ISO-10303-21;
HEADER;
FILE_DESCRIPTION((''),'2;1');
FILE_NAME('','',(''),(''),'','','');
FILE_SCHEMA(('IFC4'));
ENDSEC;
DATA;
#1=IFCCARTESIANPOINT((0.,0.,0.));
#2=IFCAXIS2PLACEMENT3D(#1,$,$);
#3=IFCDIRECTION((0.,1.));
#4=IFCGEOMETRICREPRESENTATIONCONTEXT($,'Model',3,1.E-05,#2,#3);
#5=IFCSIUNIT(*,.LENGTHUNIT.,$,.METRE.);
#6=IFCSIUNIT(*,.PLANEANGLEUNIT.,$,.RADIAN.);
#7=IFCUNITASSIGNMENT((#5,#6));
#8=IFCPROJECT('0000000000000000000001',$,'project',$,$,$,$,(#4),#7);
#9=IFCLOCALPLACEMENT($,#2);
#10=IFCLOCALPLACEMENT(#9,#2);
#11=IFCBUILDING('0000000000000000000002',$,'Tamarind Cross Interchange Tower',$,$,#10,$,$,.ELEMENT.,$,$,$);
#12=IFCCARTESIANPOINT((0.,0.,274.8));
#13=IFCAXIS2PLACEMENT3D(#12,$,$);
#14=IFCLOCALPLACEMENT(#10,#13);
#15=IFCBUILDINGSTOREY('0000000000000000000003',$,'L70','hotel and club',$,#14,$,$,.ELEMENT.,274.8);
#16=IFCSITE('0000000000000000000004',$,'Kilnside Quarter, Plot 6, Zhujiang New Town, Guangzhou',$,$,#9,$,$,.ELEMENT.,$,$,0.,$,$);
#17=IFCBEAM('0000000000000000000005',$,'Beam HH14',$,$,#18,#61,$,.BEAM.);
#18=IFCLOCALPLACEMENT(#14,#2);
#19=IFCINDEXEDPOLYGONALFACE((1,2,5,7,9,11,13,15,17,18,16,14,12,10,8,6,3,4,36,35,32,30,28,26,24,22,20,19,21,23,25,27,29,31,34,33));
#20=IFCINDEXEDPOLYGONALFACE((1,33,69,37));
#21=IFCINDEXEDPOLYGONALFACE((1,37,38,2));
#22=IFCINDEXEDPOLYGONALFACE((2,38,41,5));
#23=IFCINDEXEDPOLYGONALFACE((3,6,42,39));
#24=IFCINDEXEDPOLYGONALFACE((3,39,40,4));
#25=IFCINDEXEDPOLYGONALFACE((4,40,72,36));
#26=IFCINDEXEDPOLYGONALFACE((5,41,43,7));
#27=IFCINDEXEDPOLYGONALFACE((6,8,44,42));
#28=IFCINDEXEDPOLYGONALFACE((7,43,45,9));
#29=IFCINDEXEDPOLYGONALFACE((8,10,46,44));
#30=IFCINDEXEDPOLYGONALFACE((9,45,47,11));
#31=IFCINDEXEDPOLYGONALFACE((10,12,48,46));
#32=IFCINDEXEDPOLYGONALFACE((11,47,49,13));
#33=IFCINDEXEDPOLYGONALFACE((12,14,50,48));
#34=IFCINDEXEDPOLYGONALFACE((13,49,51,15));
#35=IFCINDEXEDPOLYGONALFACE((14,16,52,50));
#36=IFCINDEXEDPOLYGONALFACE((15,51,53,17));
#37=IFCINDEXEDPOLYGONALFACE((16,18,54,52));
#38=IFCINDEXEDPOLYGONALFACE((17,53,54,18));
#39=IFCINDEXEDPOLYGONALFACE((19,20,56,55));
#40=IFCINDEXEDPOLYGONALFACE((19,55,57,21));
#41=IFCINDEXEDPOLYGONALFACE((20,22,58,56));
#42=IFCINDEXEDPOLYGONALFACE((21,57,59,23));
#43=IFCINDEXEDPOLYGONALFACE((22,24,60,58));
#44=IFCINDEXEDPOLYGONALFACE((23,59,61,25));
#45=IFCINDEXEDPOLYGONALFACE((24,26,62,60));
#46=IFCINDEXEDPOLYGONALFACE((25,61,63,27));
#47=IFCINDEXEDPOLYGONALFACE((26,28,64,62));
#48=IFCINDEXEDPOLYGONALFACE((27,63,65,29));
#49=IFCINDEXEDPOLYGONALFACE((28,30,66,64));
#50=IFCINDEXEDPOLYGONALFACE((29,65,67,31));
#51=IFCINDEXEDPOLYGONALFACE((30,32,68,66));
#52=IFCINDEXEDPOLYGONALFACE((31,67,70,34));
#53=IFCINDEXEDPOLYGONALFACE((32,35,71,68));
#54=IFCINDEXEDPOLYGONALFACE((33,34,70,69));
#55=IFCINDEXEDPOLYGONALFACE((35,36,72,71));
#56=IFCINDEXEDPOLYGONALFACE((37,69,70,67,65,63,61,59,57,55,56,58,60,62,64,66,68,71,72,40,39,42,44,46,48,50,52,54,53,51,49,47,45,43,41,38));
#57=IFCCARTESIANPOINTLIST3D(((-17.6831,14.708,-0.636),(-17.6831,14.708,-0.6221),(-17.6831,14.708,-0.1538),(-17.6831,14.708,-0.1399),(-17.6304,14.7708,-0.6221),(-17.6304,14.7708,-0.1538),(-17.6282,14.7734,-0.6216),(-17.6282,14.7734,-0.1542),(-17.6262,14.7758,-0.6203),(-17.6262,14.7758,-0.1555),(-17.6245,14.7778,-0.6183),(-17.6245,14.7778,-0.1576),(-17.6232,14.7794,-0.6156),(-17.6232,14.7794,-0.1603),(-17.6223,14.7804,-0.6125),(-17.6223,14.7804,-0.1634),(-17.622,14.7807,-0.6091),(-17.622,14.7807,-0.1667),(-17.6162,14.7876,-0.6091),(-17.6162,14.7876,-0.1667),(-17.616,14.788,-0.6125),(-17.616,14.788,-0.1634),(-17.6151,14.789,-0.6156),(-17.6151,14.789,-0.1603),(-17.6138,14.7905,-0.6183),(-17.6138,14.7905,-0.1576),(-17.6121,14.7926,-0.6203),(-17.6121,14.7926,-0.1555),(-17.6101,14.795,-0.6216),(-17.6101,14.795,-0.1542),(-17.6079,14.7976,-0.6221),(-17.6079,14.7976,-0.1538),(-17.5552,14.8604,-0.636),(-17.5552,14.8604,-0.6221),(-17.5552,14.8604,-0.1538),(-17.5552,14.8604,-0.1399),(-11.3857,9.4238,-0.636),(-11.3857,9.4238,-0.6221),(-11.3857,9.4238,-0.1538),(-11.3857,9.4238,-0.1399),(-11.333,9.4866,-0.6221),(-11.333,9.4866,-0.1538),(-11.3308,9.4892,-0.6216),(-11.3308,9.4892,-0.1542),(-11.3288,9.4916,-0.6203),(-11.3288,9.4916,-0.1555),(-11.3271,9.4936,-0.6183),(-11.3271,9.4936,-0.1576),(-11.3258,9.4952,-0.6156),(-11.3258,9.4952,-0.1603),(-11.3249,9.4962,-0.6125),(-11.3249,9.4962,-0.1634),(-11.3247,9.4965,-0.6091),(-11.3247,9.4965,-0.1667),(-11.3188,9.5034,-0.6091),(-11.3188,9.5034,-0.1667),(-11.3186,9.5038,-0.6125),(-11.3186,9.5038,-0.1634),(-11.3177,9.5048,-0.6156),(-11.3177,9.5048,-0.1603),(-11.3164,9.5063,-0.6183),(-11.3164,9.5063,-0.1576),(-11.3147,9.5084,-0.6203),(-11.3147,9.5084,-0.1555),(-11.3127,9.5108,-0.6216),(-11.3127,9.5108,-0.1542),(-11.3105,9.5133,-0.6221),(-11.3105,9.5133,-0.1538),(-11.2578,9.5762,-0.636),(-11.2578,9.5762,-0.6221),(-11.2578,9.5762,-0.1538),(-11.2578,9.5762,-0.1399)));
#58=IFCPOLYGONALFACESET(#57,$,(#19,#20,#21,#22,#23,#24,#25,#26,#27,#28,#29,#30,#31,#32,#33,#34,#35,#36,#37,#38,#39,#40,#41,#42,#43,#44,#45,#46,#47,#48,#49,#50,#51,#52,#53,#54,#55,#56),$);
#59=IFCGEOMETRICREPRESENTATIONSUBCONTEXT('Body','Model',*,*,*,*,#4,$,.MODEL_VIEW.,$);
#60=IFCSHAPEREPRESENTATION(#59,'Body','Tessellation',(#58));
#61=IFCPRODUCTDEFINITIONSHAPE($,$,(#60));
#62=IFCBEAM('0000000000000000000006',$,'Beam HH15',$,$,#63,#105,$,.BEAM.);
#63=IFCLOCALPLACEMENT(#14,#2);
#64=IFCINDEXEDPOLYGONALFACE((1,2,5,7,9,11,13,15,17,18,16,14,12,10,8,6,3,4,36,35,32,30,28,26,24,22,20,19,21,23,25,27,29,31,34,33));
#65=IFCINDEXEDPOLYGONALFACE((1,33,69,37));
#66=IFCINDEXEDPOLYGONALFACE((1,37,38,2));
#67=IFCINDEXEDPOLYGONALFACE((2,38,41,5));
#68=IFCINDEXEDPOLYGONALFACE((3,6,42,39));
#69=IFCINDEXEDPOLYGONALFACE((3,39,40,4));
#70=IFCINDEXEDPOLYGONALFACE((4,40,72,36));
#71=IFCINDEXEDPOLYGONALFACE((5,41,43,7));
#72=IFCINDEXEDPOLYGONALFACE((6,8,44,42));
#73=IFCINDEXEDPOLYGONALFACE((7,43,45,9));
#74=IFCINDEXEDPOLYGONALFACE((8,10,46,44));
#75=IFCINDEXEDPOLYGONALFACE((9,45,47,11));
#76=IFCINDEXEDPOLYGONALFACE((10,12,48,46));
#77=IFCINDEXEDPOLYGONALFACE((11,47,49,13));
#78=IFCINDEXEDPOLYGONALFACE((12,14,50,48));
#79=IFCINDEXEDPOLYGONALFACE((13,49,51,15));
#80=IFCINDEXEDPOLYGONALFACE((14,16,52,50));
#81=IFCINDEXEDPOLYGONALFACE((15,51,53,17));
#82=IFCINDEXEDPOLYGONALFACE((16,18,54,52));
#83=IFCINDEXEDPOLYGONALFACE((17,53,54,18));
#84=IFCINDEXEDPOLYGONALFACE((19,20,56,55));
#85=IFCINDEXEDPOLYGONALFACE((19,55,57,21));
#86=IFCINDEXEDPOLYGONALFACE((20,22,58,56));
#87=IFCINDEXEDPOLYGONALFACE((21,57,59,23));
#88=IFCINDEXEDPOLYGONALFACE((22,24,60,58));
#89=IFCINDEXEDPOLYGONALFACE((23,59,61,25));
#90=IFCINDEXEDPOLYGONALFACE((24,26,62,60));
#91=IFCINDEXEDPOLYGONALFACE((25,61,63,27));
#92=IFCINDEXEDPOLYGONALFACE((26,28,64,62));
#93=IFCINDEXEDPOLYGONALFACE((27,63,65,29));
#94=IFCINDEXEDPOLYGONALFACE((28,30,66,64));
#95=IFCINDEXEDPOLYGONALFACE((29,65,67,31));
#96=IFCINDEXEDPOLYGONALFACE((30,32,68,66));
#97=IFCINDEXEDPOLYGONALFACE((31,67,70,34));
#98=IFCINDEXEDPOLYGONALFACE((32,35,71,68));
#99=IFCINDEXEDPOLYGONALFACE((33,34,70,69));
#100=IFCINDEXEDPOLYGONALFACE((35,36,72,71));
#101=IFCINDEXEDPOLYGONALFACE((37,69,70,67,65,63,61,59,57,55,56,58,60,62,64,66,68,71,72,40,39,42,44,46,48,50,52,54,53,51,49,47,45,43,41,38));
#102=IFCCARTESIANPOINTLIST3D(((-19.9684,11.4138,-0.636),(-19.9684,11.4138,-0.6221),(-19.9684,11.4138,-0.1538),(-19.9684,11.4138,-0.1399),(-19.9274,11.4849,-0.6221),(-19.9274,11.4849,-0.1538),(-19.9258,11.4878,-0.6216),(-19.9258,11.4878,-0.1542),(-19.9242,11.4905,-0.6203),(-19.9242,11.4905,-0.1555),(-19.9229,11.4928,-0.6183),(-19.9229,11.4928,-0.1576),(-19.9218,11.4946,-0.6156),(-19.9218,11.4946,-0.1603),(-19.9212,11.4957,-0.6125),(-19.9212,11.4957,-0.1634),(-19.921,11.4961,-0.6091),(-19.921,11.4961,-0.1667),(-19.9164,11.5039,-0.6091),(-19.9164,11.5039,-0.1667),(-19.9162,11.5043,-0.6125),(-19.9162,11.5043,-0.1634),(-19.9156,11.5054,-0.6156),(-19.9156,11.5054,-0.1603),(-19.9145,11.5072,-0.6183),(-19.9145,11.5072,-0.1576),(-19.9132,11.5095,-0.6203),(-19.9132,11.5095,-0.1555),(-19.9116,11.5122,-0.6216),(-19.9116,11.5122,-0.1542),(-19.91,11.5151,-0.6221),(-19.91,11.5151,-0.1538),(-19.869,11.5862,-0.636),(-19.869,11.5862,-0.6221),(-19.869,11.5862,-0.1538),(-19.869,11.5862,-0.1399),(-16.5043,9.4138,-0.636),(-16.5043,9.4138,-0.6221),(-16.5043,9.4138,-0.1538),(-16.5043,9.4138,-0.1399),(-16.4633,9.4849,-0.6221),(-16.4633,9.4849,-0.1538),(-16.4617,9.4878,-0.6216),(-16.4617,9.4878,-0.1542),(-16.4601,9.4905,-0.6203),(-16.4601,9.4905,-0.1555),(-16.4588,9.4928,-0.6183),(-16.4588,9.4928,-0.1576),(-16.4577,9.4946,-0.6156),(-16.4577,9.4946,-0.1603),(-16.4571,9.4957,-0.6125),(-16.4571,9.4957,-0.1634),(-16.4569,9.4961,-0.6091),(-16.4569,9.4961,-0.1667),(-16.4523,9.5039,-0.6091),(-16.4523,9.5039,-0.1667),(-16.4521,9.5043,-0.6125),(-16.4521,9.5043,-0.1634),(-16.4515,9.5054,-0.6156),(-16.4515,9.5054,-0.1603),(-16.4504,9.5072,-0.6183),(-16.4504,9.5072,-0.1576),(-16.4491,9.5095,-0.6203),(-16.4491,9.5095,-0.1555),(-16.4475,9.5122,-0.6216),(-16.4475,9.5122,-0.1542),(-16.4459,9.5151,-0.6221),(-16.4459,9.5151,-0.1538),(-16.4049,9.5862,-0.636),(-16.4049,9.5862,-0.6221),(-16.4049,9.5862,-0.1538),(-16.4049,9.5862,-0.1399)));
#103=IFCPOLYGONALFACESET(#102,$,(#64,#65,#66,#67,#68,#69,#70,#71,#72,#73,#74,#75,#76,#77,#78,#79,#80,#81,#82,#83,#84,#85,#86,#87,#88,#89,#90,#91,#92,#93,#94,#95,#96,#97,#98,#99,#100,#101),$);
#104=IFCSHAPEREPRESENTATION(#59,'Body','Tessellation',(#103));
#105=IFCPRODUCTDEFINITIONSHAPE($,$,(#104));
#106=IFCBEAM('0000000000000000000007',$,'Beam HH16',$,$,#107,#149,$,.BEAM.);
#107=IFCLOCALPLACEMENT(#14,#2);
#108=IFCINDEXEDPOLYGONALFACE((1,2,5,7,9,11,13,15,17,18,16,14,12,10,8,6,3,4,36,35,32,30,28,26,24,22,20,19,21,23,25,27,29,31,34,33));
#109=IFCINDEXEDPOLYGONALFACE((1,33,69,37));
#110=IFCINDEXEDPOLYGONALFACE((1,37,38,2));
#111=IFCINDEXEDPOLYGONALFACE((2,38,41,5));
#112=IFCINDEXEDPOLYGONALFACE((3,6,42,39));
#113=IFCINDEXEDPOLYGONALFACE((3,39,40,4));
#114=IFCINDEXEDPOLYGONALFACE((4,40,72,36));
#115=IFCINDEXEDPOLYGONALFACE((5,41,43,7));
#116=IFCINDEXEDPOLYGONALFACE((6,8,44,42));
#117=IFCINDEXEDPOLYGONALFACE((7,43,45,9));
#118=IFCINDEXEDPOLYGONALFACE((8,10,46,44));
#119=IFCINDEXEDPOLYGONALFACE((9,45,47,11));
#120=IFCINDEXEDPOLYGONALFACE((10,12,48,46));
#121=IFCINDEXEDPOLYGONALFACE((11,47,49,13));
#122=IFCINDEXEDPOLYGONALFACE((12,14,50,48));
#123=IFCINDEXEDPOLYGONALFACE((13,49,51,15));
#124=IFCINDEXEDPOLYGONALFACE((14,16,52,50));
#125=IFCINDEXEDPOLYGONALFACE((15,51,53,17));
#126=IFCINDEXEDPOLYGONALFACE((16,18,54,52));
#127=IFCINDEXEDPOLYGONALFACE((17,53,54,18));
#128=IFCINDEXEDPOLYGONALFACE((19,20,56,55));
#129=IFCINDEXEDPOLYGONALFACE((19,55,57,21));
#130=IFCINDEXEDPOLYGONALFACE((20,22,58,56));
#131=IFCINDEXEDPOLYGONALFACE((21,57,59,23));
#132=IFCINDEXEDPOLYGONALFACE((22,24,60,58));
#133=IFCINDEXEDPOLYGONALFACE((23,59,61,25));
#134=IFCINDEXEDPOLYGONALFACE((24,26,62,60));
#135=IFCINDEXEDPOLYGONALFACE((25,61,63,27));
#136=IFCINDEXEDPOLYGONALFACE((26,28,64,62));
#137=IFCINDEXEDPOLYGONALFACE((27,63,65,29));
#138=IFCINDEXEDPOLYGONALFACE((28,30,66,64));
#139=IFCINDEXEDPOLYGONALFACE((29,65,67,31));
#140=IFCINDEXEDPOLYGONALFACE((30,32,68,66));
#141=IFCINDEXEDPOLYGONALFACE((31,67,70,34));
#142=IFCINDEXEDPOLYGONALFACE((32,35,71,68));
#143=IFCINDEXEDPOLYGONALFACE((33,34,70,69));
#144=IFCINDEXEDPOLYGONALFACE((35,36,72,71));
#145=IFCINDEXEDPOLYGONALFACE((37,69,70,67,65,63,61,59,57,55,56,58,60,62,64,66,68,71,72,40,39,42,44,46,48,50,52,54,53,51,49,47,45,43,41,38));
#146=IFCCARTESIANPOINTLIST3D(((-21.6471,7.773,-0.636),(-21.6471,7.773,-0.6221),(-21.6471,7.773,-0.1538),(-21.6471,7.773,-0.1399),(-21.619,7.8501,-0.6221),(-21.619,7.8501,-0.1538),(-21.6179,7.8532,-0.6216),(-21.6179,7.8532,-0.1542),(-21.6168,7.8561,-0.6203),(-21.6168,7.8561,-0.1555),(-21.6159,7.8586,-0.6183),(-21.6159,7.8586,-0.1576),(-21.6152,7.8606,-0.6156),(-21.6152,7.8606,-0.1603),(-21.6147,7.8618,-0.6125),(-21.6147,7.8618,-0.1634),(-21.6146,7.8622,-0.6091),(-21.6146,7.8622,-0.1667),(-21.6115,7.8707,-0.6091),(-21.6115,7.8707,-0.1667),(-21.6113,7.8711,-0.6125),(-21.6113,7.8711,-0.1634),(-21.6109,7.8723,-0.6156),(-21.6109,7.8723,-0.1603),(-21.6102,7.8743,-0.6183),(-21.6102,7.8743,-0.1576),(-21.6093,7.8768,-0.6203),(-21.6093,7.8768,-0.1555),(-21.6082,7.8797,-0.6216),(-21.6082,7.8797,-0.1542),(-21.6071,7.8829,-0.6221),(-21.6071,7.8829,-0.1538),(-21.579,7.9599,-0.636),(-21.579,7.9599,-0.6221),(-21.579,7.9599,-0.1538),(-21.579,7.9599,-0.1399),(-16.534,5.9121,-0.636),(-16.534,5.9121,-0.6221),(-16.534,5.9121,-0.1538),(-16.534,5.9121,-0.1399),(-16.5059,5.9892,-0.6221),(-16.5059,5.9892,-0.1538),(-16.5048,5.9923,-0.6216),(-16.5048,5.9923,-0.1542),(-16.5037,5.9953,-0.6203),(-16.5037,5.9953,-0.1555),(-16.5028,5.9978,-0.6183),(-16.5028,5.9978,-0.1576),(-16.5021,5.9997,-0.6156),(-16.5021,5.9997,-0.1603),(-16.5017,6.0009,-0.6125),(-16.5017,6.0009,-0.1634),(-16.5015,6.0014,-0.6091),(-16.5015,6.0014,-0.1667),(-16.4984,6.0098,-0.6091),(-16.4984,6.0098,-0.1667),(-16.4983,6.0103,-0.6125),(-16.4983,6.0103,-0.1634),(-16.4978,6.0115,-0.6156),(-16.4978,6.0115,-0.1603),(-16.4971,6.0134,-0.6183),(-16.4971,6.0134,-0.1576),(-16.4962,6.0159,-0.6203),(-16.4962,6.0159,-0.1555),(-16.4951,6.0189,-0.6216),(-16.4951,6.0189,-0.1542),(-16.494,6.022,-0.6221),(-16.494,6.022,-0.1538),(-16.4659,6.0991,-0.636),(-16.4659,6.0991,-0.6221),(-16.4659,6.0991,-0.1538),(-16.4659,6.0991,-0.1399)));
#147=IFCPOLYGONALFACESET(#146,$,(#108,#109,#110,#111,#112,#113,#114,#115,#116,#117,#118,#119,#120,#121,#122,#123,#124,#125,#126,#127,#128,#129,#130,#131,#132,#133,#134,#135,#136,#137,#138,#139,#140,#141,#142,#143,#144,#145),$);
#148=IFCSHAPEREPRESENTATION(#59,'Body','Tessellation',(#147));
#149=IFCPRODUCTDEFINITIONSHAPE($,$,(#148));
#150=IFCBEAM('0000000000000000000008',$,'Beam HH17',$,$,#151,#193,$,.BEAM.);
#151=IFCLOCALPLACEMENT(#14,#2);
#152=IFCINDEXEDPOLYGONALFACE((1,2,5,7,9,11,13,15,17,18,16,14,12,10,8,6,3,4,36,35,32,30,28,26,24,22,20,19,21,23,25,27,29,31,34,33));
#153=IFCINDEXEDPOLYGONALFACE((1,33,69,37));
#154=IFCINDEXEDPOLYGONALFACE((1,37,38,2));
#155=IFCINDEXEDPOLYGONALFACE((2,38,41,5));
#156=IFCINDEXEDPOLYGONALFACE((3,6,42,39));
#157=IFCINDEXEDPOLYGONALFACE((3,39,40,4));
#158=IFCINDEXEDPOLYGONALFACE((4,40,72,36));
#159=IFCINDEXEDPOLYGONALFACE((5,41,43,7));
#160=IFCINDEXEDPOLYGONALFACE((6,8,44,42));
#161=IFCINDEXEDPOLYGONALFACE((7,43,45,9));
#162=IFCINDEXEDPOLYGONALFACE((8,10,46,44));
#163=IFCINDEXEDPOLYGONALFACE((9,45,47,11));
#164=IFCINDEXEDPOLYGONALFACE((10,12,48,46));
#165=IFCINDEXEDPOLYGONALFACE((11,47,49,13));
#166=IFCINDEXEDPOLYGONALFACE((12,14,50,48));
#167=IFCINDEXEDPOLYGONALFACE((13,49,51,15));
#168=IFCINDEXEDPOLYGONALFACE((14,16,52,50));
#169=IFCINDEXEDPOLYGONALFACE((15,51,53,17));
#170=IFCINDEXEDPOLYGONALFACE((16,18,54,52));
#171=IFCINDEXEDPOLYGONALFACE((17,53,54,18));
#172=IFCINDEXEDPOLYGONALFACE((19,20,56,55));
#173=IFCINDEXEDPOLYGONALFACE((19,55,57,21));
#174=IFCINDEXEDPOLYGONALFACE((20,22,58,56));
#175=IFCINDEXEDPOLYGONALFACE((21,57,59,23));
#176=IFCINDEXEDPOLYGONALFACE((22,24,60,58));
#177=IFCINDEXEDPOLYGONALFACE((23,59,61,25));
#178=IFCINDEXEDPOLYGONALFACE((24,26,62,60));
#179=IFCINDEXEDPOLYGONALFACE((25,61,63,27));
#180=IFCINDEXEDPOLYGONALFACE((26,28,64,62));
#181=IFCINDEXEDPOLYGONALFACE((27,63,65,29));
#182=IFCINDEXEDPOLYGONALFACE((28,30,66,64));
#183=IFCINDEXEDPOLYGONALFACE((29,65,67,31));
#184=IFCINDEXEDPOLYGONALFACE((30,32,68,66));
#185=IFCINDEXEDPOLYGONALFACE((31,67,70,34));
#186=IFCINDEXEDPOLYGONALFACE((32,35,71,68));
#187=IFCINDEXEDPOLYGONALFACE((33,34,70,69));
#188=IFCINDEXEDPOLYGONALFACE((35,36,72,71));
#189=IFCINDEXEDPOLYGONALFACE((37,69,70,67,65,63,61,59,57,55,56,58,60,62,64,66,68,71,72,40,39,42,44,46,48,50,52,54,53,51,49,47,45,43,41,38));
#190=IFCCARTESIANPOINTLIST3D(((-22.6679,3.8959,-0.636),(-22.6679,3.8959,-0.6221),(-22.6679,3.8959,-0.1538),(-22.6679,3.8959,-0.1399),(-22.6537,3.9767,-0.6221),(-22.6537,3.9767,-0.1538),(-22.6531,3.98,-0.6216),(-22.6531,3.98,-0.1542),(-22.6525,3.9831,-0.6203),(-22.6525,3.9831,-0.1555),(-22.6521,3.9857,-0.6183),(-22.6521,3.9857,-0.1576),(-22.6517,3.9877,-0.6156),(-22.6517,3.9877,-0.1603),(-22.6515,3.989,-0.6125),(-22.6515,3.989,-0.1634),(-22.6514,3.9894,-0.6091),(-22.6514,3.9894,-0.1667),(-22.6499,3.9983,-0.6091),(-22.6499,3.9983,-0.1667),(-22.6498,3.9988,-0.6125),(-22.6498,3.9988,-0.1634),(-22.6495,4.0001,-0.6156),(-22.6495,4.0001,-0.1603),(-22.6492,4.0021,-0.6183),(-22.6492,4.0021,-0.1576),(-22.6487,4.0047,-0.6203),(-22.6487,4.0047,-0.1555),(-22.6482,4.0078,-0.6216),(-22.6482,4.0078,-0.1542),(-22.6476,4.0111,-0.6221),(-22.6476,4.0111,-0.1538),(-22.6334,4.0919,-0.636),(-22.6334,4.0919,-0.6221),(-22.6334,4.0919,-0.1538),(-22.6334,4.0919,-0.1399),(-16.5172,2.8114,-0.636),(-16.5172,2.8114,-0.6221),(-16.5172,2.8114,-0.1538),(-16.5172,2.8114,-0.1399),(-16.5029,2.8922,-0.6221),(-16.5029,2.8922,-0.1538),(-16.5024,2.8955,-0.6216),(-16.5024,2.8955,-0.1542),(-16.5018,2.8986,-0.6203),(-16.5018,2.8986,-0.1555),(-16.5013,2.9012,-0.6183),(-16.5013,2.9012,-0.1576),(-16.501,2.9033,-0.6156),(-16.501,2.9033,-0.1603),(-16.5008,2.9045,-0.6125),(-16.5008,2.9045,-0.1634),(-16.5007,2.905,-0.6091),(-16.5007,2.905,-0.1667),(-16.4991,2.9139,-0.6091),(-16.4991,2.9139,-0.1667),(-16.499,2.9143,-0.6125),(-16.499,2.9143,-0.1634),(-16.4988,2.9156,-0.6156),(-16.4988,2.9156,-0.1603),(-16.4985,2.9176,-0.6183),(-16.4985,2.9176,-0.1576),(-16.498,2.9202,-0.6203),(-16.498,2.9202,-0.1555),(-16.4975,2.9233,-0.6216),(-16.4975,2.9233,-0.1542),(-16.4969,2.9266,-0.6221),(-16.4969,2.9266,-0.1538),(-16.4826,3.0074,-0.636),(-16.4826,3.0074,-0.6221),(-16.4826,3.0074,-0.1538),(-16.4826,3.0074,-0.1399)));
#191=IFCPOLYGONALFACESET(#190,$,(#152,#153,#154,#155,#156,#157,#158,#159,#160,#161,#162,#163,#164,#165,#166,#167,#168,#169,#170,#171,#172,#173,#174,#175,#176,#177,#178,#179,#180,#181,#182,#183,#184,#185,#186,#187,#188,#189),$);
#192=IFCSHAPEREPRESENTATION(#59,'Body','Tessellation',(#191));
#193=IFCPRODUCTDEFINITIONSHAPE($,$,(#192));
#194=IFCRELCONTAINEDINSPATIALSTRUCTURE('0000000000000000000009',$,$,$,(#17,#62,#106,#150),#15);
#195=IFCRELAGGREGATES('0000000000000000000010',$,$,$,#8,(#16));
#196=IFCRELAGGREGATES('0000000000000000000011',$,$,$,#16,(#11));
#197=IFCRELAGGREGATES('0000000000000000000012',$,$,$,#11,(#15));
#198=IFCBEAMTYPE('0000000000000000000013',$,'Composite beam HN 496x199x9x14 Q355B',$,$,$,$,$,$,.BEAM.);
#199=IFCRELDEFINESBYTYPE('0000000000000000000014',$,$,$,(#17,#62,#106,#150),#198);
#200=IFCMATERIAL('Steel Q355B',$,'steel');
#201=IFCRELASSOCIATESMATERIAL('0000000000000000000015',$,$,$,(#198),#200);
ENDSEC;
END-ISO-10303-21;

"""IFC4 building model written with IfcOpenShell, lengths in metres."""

from ifc_helpers import new_model, si_unit, direction, frame, origin, origin_2d, place, context, subcontext, project, spatial, i_section, extrude, material, material_profile, profile_set, type_object, element, save


model = new_model("IFC4")

# Units and contexts
model_context = context("Model", 3, precision=1e-05, world=origin(), true_north=direction((0.0, 1.0)))
body_context = subcontext(model_context, "Body", "Model", "MODEL_VIEW")
ifc_project = project(units=[si_unit("LENGTHUNIT", "METRE"), si_unit("PLANEANGLEUNIT", "RADIAN")], contexts=[model_context])

# Site, building, storey
site_placement = place(None, origin())
site = spatial("IfcSite", under=ifc_project, at=site_placement, Name="Kilnside Quarter, Plot 6, Zhujiang New Town, Guangzhou", CompositionType="ELEMENT", RefElevation=0.0)
building_placement = place(site_placement, origin())
building = spatial("IfcBuilding", under=site, at=building_placement, Name="Tamarind Cross Interchange Tower", CompositionType="ELEMENT")
storey_placement = place(building_placement, frame((0.0, 0.0, 274.8)))
storey = spatial("IfcBuildingStorey", under=building, at=storey_placement, Name="L70", Description="hotel and club", CompositionType="ELEMENT", Elevation=274.8)

# Beams
ifc_material_1 = material(Name="Steel Q355B", Category="steel")
ifc_material_profile_1 = material_profile(ifc_material_1, i_section(OverallWidth=0.199, OverallDepth=0.4961, WebThickness=0.009, FlangeThickness=0.0139, FilletRadius=0.0129, at=origin_2d()), Name="HN 496x199x9x14")
ifc_profile_set_1 = profile_set([ifc_material_profile_1], Name="Steel Q355B")
beam_type = type_object("IfcBeamType", Name="Composite beam HN 496x199x9x14 Q355B", PredefinedType="BEAM", material=ifc_profile_set_1)
beam_1_placement = place(storey_placement, frame((-17.6191, 14.7842, -0.3879), z_axis=(0.766041, -0.642792, 0.0), x_axis=(0.642792, 0.766041, 0.0)))
element("IfcBeam", 1, at=beam_1_placement, inside=storey, type_object=beam_type, Name="Beam HH14", PredefinedType="BEAM", context=body_context, shape_type="SweptSolid", body=[
    extrude(i_section(OverallWidth=0.199, OverallDepth=0.4961, WebThickness=0.009, FlangeThickness=0.0139, FilletRadius=0.0129, at=origin_2d()), origin(), (0.0, 0.0, 1.0), 8.2207),
])
beam_2_placement = place(storey_placement, frame((-19.9187, 11.5, -0.3879), z_axis=(0.866026, -0.499999, 0.0), x_axis=(0.499999, 0.866026, 0.0)))
element("IfcBeam", 2, at=beam_2_placement, inside=storey, type_object=beam_type, Name="Beam HH15", PredefinedType="BEAM", context=body_context, shape_type="SweptSolid", body=[
    extrude(i_section(OverallWidth=0.199, OverallDepth=0.4961, WebThickness=0.009, FlangeThickness=0.0139, FilletRadius=0.0129, at=origin_2d()), origin(), (0.0, 0.0, 1.0), 4.0),
])
beam_3_placement = place(storey_placement, frame((-21.613, 7.8665, -0.3879), z_axis=(0.939702, -0.341995, 0.0), x_axis=(0.341995, 0.939702, 0.0)))
element("IfcBeam", 3, at=beam_3_placement, inside=storey, type_object=beam_type, Name="Beam HH16", PredefinedType="BEAM", context=body_context, shape_type="SweptSolid", body=[
    extrude(i_section(OverallWidth=0.199, OverallDepth=0.4961, WebThickness=0.009, FlangeThickness=0.0139, FilletRadius=0.0129, at=origin_2d()), origin(), (0.0, 0.0, 1.0), 5.4412),
])
beam_4_placement = place(storey_placement, frame((-22.6506, 3.9939, -0.3879), z_axis=(0.984809, -0.17364, 0.0), x_axis=(0.17364, 0.984809, 0.0)))
element("IfcBeam", 4, at=beam_4_placement, inside=storey, type_object=beam_type, Name="Beam HH17", PredefinedType="BEAM", context=body_context, shape_type="SweptSolid", body=[
    extrude(i_section(OverallWidth=0.199, OverallDepth=0.4961, WebThickness=0.009, FlangeThickness=0.0139, FilletRadius=0.0129, at=origin_2d()), origin(), (0.0, 0.0, 1.0), 6.2456),
])

save(model, "model.ifc")
